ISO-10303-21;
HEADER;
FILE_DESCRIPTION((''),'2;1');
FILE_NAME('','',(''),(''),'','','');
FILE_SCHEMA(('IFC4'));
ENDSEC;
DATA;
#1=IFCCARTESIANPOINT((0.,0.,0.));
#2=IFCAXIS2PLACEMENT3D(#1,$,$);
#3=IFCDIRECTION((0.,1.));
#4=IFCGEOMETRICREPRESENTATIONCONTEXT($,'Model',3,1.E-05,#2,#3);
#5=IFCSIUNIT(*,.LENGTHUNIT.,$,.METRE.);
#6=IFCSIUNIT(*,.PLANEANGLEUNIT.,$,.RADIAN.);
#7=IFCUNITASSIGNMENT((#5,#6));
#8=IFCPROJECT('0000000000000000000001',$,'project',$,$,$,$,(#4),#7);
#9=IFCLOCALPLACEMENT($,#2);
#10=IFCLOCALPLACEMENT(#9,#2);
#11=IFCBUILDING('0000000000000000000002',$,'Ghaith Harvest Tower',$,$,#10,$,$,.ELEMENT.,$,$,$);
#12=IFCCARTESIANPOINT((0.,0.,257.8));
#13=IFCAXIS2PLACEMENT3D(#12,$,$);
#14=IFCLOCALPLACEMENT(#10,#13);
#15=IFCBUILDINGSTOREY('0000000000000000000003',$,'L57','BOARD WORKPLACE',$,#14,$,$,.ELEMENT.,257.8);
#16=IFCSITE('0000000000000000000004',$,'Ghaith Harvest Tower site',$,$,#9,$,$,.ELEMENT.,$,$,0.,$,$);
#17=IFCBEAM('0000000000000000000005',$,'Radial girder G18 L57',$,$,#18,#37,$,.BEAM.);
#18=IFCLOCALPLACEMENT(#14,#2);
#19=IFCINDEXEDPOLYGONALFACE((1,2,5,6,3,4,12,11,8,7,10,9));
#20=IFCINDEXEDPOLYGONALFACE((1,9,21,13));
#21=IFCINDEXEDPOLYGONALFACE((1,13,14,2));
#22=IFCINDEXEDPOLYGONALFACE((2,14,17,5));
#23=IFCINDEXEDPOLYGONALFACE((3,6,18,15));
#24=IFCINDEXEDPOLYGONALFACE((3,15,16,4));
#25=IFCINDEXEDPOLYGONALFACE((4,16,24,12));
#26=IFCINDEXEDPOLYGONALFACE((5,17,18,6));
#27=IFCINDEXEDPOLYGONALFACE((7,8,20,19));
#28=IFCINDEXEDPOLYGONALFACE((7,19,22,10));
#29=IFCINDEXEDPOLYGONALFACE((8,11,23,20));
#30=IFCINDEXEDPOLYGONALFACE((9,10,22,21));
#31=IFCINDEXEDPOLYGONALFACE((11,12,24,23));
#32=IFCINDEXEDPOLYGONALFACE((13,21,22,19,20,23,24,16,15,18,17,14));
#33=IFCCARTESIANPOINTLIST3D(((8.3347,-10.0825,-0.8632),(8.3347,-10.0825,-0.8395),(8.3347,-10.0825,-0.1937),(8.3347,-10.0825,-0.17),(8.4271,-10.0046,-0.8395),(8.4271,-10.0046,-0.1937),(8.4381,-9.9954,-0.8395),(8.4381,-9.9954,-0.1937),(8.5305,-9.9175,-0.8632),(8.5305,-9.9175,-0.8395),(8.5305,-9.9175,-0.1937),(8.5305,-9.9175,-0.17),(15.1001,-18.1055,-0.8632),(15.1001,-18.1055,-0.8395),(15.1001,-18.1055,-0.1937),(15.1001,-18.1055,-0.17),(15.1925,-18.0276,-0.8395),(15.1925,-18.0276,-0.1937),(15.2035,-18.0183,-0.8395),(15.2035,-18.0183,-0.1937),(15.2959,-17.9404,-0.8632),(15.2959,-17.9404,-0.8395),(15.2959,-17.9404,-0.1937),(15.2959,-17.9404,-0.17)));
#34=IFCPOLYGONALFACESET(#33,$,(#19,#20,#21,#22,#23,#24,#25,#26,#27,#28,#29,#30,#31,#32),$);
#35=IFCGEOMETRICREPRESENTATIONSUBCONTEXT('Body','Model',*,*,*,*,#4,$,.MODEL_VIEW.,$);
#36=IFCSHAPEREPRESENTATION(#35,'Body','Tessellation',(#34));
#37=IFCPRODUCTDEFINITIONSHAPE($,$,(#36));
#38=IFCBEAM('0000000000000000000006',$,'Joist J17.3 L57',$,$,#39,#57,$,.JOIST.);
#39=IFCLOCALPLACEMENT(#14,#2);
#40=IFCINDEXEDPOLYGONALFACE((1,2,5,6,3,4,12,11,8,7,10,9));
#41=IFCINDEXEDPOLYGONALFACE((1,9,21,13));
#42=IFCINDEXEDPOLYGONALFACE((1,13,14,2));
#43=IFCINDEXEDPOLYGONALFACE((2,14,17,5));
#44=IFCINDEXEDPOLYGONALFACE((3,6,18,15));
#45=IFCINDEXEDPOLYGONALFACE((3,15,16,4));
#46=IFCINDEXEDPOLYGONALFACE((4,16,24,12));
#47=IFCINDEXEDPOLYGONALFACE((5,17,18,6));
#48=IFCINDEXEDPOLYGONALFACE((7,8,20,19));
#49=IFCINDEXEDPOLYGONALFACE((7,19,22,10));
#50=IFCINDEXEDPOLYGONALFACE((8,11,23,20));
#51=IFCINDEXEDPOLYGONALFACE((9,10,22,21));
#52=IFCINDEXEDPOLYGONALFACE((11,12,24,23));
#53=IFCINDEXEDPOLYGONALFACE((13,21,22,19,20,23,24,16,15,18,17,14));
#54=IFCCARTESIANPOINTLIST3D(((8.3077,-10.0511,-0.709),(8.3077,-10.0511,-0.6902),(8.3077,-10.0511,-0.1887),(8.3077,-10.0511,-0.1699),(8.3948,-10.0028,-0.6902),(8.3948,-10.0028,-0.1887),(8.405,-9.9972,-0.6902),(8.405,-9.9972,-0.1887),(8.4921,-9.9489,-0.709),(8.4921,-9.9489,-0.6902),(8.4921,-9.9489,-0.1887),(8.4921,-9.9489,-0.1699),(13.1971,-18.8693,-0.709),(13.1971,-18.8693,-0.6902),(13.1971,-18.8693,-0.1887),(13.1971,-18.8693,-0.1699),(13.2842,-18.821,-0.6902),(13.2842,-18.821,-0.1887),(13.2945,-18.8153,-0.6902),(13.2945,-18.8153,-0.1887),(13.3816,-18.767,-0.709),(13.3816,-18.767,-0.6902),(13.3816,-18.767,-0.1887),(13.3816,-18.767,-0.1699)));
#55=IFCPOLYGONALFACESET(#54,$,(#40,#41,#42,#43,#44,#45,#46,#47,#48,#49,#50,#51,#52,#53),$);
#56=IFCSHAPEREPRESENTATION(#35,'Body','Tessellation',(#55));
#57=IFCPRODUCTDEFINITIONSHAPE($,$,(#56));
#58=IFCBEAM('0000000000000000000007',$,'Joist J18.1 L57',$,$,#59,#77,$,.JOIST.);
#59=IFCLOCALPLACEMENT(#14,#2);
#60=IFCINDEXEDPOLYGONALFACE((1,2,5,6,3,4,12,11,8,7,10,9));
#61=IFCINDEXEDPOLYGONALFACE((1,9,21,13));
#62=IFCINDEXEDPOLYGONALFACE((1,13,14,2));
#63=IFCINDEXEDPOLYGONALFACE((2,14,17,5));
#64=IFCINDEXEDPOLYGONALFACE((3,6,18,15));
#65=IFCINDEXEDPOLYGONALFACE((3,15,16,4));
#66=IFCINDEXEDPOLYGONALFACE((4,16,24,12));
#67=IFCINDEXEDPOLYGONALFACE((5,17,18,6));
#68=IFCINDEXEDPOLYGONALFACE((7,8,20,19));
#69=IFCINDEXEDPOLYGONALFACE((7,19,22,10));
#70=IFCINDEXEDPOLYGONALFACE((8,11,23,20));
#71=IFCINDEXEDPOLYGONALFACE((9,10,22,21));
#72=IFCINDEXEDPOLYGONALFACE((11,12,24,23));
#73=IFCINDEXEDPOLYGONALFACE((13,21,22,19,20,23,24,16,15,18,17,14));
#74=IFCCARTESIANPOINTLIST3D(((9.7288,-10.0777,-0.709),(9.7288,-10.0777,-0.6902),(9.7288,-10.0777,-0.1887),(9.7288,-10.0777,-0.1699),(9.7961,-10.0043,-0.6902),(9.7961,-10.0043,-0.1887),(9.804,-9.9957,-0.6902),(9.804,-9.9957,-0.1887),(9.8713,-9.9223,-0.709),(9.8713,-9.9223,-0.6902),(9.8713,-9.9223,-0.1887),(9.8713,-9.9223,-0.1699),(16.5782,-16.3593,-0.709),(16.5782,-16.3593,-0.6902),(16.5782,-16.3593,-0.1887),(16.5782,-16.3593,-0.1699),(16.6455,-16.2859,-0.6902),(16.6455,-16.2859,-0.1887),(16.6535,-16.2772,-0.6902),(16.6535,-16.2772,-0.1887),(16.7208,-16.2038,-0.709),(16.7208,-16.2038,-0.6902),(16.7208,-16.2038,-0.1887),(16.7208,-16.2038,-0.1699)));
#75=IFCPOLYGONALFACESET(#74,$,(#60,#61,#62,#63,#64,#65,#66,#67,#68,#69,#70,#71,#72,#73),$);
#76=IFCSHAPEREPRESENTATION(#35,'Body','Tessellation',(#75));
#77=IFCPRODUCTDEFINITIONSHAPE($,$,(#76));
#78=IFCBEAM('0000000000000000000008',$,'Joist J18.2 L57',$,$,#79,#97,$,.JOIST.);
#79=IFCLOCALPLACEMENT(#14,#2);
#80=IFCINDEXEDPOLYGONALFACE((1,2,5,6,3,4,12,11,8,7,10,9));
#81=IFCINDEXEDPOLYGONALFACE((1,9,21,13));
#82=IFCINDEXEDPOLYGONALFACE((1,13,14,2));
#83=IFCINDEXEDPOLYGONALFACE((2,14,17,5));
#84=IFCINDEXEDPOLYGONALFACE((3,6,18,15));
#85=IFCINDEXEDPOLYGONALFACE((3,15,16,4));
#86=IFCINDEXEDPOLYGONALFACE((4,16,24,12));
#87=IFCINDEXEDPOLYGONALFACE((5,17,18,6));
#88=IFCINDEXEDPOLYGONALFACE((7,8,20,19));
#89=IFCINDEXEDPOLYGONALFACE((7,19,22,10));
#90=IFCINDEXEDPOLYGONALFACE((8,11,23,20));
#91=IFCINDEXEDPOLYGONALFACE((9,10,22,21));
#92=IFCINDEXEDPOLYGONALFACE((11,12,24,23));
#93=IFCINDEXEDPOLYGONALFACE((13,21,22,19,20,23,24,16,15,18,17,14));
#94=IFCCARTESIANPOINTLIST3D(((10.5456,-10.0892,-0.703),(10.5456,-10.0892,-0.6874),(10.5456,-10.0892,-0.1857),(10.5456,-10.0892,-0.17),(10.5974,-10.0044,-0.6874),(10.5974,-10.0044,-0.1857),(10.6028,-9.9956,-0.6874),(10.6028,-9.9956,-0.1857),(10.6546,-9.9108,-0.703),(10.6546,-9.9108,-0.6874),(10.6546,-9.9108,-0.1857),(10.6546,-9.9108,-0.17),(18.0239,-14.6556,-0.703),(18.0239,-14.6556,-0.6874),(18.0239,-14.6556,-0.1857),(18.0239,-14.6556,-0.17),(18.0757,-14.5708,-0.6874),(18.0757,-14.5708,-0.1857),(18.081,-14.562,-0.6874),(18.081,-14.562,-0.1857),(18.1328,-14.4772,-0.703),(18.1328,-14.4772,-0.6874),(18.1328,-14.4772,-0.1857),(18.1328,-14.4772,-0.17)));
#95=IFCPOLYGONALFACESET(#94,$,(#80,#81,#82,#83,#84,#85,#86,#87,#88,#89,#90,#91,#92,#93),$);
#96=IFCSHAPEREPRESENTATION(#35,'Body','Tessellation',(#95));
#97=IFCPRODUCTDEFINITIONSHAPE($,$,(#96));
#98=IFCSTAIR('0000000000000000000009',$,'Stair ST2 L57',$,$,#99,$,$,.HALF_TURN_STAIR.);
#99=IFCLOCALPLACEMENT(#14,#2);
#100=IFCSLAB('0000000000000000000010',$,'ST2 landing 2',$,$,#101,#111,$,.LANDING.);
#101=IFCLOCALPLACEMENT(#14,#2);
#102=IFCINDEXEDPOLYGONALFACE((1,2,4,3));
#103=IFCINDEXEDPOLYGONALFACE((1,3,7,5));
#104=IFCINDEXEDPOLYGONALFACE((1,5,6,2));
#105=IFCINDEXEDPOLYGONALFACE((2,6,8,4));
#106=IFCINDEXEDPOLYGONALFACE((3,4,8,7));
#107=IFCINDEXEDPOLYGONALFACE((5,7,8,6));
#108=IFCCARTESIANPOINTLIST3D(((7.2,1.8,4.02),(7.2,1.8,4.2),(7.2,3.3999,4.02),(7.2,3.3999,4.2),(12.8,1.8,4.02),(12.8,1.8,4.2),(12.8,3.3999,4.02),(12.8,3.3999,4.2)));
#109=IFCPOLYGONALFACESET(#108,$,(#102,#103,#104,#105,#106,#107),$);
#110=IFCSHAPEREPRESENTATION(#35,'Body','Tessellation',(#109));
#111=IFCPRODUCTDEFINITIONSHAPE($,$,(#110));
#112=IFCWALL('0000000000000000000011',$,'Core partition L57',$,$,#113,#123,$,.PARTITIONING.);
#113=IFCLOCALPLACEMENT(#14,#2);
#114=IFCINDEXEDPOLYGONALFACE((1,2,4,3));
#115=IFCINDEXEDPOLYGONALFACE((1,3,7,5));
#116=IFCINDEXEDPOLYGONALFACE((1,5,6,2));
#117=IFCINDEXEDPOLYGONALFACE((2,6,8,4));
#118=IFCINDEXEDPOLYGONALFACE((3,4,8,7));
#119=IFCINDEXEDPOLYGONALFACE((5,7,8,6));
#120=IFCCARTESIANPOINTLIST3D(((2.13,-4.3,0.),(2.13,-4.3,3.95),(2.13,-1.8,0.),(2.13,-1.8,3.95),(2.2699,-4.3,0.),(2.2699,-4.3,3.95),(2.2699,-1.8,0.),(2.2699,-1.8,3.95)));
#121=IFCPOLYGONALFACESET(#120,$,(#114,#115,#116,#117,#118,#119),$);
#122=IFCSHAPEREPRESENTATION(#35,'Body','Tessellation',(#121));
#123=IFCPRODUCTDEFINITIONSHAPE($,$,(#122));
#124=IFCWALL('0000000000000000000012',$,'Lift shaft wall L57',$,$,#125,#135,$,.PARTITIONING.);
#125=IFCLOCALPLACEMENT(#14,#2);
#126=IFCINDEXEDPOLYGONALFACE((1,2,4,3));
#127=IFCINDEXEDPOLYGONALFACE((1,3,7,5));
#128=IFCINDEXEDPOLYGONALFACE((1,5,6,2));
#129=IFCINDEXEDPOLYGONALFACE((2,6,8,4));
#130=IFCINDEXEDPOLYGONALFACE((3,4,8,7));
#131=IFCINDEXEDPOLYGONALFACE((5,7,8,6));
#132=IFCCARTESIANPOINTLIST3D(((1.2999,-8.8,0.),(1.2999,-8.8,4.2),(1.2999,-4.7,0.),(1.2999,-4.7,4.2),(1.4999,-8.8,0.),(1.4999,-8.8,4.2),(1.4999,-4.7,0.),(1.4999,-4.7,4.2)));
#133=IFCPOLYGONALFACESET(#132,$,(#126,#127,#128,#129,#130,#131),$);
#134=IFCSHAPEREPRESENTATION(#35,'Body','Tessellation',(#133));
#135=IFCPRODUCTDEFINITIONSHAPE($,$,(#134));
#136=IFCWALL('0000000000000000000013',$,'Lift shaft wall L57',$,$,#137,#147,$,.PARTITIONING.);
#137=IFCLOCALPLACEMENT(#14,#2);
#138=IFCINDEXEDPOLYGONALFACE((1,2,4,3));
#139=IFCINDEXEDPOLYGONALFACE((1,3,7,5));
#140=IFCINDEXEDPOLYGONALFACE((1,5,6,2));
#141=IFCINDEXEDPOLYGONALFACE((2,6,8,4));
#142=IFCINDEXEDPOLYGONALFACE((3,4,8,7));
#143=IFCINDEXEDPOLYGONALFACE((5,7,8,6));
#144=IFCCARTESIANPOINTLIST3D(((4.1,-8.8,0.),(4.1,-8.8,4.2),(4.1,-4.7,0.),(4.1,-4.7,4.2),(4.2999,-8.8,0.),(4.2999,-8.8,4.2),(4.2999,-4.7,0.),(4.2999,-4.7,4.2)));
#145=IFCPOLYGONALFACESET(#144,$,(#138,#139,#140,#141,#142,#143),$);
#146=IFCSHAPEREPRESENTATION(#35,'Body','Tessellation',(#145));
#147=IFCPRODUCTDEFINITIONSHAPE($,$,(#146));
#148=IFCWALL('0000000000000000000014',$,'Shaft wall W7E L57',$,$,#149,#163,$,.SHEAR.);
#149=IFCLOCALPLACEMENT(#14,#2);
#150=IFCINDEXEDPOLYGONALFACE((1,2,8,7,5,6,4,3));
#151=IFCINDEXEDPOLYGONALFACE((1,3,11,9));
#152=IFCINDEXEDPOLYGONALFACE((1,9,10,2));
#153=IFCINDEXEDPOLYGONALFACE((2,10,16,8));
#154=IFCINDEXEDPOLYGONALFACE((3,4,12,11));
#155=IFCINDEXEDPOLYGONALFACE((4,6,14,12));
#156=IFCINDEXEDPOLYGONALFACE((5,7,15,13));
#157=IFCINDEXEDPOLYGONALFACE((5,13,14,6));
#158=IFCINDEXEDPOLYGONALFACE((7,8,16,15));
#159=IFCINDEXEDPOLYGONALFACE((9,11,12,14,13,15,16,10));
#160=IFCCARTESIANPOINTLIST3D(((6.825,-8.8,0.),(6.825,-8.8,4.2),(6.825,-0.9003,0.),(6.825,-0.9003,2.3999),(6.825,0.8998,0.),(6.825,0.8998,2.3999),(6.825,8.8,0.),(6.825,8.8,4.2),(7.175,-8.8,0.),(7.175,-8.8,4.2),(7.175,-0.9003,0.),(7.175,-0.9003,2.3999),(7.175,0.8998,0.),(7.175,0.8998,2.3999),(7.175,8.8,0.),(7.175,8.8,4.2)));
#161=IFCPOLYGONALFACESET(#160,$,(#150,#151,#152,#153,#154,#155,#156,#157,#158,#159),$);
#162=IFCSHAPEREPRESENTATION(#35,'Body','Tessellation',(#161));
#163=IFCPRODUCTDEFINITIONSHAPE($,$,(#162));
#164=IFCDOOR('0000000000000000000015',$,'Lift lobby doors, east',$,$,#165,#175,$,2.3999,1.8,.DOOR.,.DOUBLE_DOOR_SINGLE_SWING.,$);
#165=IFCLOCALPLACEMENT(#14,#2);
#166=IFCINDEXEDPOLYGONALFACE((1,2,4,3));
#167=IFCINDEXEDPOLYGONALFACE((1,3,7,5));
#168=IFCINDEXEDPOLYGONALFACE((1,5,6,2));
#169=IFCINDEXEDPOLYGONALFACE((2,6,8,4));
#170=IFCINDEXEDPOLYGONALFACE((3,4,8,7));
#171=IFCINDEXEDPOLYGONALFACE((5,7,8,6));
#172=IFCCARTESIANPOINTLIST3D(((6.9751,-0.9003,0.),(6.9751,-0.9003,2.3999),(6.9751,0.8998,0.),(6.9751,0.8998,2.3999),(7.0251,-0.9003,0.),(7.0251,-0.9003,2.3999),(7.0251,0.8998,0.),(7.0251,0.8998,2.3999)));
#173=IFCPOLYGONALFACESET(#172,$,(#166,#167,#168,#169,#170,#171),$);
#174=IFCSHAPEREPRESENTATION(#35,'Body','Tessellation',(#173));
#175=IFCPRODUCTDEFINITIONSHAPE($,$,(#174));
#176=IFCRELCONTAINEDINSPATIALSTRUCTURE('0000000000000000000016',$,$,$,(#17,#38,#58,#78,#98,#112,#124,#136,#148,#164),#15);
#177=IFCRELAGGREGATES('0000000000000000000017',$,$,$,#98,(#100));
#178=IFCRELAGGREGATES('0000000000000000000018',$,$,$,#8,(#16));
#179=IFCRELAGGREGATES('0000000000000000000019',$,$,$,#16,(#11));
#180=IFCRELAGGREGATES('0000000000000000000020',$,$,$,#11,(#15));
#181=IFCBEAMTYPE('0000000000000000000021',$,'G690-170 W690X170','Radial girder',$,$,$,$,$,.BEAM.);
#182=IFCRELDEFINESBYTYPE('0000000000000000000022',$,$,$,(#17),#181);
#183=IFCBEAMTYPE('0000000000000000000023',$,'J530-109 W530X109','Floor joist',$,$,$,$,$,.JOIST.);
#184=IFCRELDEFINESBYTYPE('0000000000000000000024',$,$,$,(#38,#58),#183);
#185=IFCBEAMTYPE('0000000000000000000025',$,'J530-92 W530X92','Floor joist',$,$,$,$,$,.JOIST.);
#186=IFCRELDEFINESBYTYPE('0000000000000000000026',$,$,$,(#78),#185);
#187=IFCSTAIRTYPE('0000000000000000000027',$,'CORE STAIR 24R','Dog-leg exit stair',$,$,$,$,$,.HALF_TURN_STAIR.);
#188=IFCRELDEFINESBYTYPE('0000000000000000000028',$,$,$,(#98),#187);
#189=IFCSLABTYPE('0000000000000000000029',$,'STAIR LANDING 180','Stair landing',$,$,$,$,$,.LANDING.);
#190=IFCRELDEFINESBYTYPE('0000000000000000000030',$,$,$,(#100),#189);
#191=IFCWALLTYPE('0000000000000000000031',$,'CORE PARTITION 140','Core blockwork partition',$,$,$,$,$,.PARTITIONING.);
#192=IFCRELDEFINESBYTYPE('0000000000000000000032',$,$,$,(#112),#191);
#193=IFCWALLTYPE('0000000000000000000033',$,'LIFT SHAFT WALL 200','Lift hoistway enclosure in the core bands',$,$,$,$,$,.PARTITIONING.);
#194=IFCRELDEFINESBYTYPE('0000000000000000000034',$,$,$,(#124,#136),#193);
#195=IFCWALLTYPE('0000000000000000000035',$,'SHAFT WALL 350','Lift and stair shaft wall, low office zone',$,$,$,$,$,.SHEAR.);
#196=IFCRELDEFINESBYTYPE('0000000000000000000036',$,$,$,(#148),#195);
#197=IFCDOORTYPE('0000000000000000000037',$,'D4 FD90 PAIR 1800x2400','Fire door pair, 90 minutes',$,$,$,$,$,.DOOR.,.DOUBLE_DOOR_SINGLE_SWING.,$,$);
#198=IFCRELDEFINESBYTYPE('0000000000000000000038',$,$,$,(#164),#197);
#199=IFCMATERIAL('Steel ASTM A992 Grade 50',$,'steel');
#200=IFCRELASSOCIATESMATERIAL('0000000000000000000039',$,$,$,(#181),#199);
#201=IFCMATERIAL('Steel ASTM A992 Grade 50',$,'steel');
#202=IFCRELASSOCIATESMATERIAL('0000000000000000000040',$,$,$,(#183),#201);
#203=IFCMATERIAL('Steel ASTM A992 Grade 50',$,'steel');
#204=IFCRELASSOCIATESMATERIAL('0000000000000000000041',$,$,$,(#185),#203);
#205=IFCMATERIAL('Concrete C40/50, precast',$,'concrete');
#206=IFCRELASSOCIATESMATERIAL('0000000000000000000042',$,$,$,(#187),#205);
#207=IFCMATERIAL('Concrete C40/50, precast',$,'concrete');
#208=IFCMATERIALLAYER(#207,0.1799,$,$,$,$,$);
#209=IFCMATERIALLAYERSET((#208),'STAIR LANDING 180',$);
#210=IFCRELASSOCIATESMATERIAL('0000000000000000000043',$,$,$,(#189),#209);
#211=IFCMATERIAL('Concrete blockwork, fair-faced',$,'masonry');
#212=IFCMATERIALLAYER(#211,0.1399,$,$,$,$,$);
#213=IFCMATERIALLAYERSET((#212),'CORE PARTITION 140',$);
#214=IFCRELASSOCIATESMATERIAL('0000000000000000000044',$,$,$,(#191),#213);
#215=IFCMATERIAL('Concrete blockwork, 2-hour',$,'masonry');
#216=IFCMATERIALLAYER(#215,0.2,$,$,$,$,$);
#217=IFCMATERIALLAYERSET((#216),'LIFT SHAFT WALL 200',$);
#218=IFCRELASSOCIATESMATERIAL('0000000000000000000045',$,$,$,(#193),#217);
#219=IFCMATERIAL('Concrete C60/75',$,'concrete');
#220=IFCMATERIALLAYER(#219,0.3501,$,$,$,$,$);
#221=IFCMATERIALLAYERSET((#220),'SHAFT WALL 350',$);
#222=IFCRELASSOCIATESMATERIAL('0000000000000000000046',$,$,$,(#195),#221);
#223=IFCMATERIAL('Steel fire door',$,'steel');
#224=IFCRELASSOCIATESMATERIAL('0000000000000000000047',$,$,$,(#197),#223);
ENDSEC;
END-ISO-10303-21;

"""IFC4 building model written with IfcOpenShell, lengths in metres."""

from ifc_helpers import new_model, si_unit, direction, frame, frame_2d, origin, origin_2d, place, context, subcontext, project, spatial, polyline, rectangle, i_section, outline, extrude, material, layer, layer_set, material_profile, profile_set, type_object, element, fill, aggregate, save


model = new_model("IFC4")

# Units and contexts
model_context = context("Model", 3, precision=1e-05, world=origin(), true_north=direction((0.0, 1.0)))
body_context = subcontext(model_context, "Body", "Model", "MODEL_VIEW")
ifc_project = project(units=[si_unit("LENGTHUNIT", "METRE"), si_unit("PLANEANGLEUNIT", "RADIAN")], contexts=[model_context])

# Site, building, storey
site_placement = place(None, origin())
site = spatial("IfcSite", under=ifc_project, at=site_placement, Name="Ghaith Harvest Tower site", CompositionType="ELEMENT", RefElevation=0.0)
building_placement = place(site_placement, origin())
building = spatial("IfcBuilding", under=site, at=building_placement, Name="Ghaith Harvest Tower", CompositionType="ELEMENT")
storey_placement = place(building_placement, frame((0.0, 0.0, 257.8)))
storey = spatial("IfcBuildingStorey", under=building, at=storey_placement, Name="L57", Description="BOARD WORKPLACE", CompositionType="ELEMENT", Elevation=257.8)

# Beams
ifc_material_1 = material(Name="Steel ASTM A992 Grade 50", Category="steel")
ifc_material_profile_1 = material_profile(ifc_material_1, i_section(OverallWidth=0.2561, OverallDepth=0.6931, WebThickness=0.0144, FlangeThickness=0.0237, at=origin_2d()), Name="W690X170")
ifc_profile_set_1 = profile_set([ifc_material_profile_1], Name="Steel ASTM A992 Grade 50")
beam_type_1 = type_object("IfcBeamType", Name="G690-170 W690X170", Description="Radial girder", PredefinedType="BEAM", material=ifc_profile_set_1)
beam_1_placement = place(storey_placement, frame((8.4326, -10.0, -0.5166), z_axis=(0.644649, -0.764478, 0.0), x_axis=(0.764478, 0.644649, 0.0)))
element("IfcBeam", 1, at=beam_1_placement, inside=storey, type_object=beam_type_1, Name="Radial girder G18 L57", PredefinedType="BEAM", context=body_context, shape_type="SweptSolid", body=[
    extrude(i_section(OverallWidth=0.2561, OverallDepth=0.6931, WebThickness=0.0144, FlangeThickness=0.0237, at=origin_2d()), origin(), (0.0, 0.0, 1.0), 10.4946),
])
ifc_material_2 = material(Name="Steel ASTM A992 Grade 50", Category="steel")
ifc_material_profile_2 = material_profile(ifc_material_2, i_section(OverallWidth=0.2109, OverallDepth=0.5391, WebThickness=0.0117, FlangeThickness=0.0188, at=origin_2d()), Name="W530X109")
ifc_profile_set_2 = profile_set([ifc_material_profile_2], Name="Steel ASTM A992 Grade 50")
beam_type_2 = type_object("IfcBeamType", Name="J530-109 W530X109", Description="Floor joist", PredefinedType="JOIST", material=ifc_profile_set_2)
beam_2_placement = place(storey_placement, frame((8.3999, -10.0, -0.4395), z_axis=(0.484919, -0.874559, 0.0), x_axis=(0.874559, 0.484919, 0.0)))
element("IfcBeam", 2, at=beam_2_placement, inside=storey, type_object=beam_type_2, Name="Joist J17.3 L57", PredefinedType="JOIST", context=body_context, shape_type="SweptSolid", body=[
    extrude(i_section(OverallWidth=0.2109, OverallDepth=0.5391, WebThickness=0.0117, FlangeThickness=0.0188, at=origin_2d()), origin(), (0.0, 0.0, 1.0), 10.083),
])
beam_3_placement = place(storey_placement, frame((9.8, -10.0, -0.4395), z_axis=(0.736998, -0.675895, 0.0), x_axis=(0.675895, 0.736998, 0.0)))
element("IfcBeam", 3, at=beam_3_placement, inside=storey, type_object=beam_type_2, Name="Joist J18.1 L57", PredefinedType="JOIST", context=body_context, shape_type="SweptSolid", body=[
    extrude(i_section(OverallWidth=0.2109, OverallDepth=0.5391, WebThickness=0.0117, FlangeThickness=0.0188, at=origin_2d()), origin(), (0.0, 0.0, 1.0), 9.2937),
])
ifc_material_3 = material(Name="Steel ASTM A992 Grade 50", Category="steel")
ifc_material_profile_3 = material_profile(ifc_material_3, i_section(OverallWidth=0.209, OverallDepth=0.533, WebThickness=0.0103, FlangeThickness=0.0156, at=origin_2d()), Name="W530X92")
ifc_profile_set_3 = profile_set([ifc_material_profile_3], Name="Steel ASTM A992 Grade 50")
beam_type_3 = type_object("IfcBeamType", Name="J530-92 W530X92", Description="Floor joist", PredefinedType="JOIST", material=ifc_profile_set_3)
beam_4_placement = place(storey_placement, frame((10.6001, -10.0, -0.4365), z_axis=(0.853467, -0.521147, 0.0), x_axis=(0.521147, 0.853467, 0.0)))
element("IfcBeam", 4, at=beam_4_placement, inside=storey, type_object=beam_type_3, Name="Joist J18.2 L57", PredefinedType="JOIST", context=body_context, shape_type="SweptSolid", body=[
    extrude(i_section(OverallWidth=0.209, OverallDepth=0.533, WebThickness=0.0103, FlangeThickness=0.0156, at=origin_2d()), origin(), (0.0, 0.0, 1.0), 8.7622),
])

# Stair, slab
ifc_material_4 = material(Name="Concrete C40/50, precast", Category="concrete")
stair_type = type_object("IfcStairType", Name="CORE STAIR 24R", Description="Dog-leg exit stair", PredefinedType="HALF_TURN_STAIR", material=ifc_material_4)
stair_placement = place(storey_placement, origin())
stair = element("IfcStair", 5, at=stair_placement, inside=storey, type_object=stair_type, Name="Stair ST2 L57", PredefinedType="HALF_TURN_STAIR")
ifc_material_5 = material(Name="Concrete C40/50, precast", Category="concrete")
ifc_layer_1 = layer(ifc_material_5, 0.1799)
ifc_layer_set_1 = layer_set([ifc_layer_1], Name="STAIR LANDING 180")
slab_type = type_object("IfcSlabType", Name="STAIR LANDING 180", Description="Stair landing", PredefinedType="LANDING", material=ifc_layer_set_1)
slab_placement = place(storey_placement, frame((0.0, 0.0, 4.02)))
slab = element("IfcSlab", 6, at=slab_placement, type_object=slab_type, Name="ST2 landing 2", PredefinedType="LANDING", context=body_context, shape_type="SweptSolid", body=[
    extrude(outline(polyline([(12.8, 1.8), (12.8, 3.3999), (7.2, 3.3999), (7.2, 1.8), (12.8, 1.8)])), origin(), (0.0, 0.0, 1.0), 0.1799),
])
aggregate(stair, [slab])

# Walls
ifc_material_6 = material(Name="Concrete blockwork, fair-faced", Category="masonry")
ifc_layer_2 = layer(ifc_material_6, 0.1399)
ifc_layer_set_2 = layer_set([ifc_layer_2], Name="CORE PARTITION 140")
wall_type_1 = type_object("IfcWallType", Name="CORE PARTITION 140", Description="Core blockwork partition", PredefinedType="PARTITIONING", material=ifc_layer_set_2)
wall_1_placement = place(storey_placement, frame((2.2, -1.8, 0.0), z_axis=(0.0, 0.0, 1.0), x_axis=(0.0, -1.0, 0.0)))
element("IfcWall", 7, at=wall_1_placement, inside=storey, type_object=wall_type_1, Name="Core partition L57", PredefinedType="PARTITIONING", context=body_context, shape_type="SweptSolid", body=[
    extrude(rectangle(XDim=2.5, YDim=0.1399, at=frame_2d((1.25, 0.0))), origin(), (0.0, 0.0, 1.0), 3.95),
])
ifc_material_7 = material(Name="Concrete blockwork, 2-hour", Category="masonry")
ifc_layer_3 = layer(ifc_material_7, 0.2)
ifc_layer_set_3 = layer_set([ifc_layer_3], Name="LIFT SHAFT WALL 200")
wall_type_2 = type_object("IfcWallType", Name="LIFT SHAFT WALL 200", Description="Lift hoistway enclosure in the core bands", PredefinedType="PARTITIONING", material=ifc_layer_set_3)
for number, where, z_axis, x_axis, name in (
    (8, (1.3999, -4.7, 0.0), (0.0, 0.0, 1.0), (0.0, -1.0, 0.0), "Lift shaft wall L57"),
    (9, (4.2, -4.7, 0.0), (0.0, 0.0, 1.0), (0.0, -1.0, 0.0), "Lift shaft wall L57"),
):
    element("IfcWall", number, at=place(storey_placement, frame(where, z_axis=z_axis, x_axis=x_axis)), inside=storey, type_object=wall_type_2, Name=name, PredefinedType="PARTITIONING", context=body_context, shape_type="SweptSolid", body=[
        extrude(rectangle(XDim=4.1001, YDim=0.2, at=frame_2d((2.05, 0.0))), origin(), (0.0, 0.0, 1.0), 4.2),
    ])

# Wall, opening, door
ifc_material_8 = material(Name="Concrete C60/75", Category="concrete")
ifc_layer_4 = layer(ifc_material_8, 0.3501)
ifc_layer_set_4 = layer_set([ifc_layer_4], Name="SHAFT WALL 350")
wall_type_3 = type_object("IfcWallType", Name="SHAFT WALL 350", Description="Lift and stair shaft wall, low office zone", PredefinedType="SHEAR", material=ifc_layer_set_4)
wall_2_placement = place(storey_placement, frame((7.0, -8.8, 0.0), z_axis=(0.0, 0.0, 1.0), x_axis=(0.0, 1.0, 0.0)))
wall_2 = element("IfcWall", 10, at=wall_2_placement, inside=storey, type_object=wall_type_3, Name="Shaft wall W7E L57", PredefinedType="SHEAR", context=body_context, shape_type="SweptSolid", body=[
    extrude(rectangle(XDim=17.6001, YDim=0.3501, at=frame_2d((8.8, 0.0))), origin(), (0.0, 0.0, 1.0), 4.2),
])
opening_1_placement = place(wall_2_placement, frame((7.8999, 0.0, 0.0)))
opening_1 = element("IfcOpeningElement", 11, at=opening_1_placement, cuts=wall_2, PredefinedType="OPENING", context=body_context, shape_type="SweptSolid", body=[
    extrude(rectangle(XDim=1.8, YDim=2.3999, at=frame_2d((0.8999, 1.2))), frame((0.0, 0.1851, 0.0), z_axis=(0.0, -1.0, 0.0), x_axis=(1.0, 0.0, 0.0)), (0.0, 0.0, 1.0), 0.3701),
])
ifc_material_9 = material(Name="Steel fire door", Category="steel")
door_type_1 = type_object("IfcDoorType", Name="D4 FD90 PAIR 1800x2400", Description="Fire door pair, 90 minutes", OperationType="DOUBLE_DOOR_SINGLE_SWING", PredefinedType="DOOR", material=ifc_material_9)
door_1_placement = place(opening_1_placement, origin())
door_1 = element("IfcDoor", 12, at=door_1_placement, inside=storey, type_object=door_type_1, Name="Lift lobby doors, east", OperationType="DOUBLE_DOOR_SINGLE_SWING", OverallHeight=2.3999, OverallWidth=1.8, PredefinedType="DOOR", context=body_context, shape_type="SweptSolid", body=[
    extrude(rectangle(XDim=1.8, YDim=2.3999, at=frame_2d((0.8999, 1.2))), frame((0.0, 0.0249, 0.0), z_axis=(0.0, -1.0, 0.0), x_axis=(1.0, 0.0, 0.0)), (0.0, 0.0, 1.0), 0.05),
])
fill(opening_1, door_1)

save(model, "model.ifc")
